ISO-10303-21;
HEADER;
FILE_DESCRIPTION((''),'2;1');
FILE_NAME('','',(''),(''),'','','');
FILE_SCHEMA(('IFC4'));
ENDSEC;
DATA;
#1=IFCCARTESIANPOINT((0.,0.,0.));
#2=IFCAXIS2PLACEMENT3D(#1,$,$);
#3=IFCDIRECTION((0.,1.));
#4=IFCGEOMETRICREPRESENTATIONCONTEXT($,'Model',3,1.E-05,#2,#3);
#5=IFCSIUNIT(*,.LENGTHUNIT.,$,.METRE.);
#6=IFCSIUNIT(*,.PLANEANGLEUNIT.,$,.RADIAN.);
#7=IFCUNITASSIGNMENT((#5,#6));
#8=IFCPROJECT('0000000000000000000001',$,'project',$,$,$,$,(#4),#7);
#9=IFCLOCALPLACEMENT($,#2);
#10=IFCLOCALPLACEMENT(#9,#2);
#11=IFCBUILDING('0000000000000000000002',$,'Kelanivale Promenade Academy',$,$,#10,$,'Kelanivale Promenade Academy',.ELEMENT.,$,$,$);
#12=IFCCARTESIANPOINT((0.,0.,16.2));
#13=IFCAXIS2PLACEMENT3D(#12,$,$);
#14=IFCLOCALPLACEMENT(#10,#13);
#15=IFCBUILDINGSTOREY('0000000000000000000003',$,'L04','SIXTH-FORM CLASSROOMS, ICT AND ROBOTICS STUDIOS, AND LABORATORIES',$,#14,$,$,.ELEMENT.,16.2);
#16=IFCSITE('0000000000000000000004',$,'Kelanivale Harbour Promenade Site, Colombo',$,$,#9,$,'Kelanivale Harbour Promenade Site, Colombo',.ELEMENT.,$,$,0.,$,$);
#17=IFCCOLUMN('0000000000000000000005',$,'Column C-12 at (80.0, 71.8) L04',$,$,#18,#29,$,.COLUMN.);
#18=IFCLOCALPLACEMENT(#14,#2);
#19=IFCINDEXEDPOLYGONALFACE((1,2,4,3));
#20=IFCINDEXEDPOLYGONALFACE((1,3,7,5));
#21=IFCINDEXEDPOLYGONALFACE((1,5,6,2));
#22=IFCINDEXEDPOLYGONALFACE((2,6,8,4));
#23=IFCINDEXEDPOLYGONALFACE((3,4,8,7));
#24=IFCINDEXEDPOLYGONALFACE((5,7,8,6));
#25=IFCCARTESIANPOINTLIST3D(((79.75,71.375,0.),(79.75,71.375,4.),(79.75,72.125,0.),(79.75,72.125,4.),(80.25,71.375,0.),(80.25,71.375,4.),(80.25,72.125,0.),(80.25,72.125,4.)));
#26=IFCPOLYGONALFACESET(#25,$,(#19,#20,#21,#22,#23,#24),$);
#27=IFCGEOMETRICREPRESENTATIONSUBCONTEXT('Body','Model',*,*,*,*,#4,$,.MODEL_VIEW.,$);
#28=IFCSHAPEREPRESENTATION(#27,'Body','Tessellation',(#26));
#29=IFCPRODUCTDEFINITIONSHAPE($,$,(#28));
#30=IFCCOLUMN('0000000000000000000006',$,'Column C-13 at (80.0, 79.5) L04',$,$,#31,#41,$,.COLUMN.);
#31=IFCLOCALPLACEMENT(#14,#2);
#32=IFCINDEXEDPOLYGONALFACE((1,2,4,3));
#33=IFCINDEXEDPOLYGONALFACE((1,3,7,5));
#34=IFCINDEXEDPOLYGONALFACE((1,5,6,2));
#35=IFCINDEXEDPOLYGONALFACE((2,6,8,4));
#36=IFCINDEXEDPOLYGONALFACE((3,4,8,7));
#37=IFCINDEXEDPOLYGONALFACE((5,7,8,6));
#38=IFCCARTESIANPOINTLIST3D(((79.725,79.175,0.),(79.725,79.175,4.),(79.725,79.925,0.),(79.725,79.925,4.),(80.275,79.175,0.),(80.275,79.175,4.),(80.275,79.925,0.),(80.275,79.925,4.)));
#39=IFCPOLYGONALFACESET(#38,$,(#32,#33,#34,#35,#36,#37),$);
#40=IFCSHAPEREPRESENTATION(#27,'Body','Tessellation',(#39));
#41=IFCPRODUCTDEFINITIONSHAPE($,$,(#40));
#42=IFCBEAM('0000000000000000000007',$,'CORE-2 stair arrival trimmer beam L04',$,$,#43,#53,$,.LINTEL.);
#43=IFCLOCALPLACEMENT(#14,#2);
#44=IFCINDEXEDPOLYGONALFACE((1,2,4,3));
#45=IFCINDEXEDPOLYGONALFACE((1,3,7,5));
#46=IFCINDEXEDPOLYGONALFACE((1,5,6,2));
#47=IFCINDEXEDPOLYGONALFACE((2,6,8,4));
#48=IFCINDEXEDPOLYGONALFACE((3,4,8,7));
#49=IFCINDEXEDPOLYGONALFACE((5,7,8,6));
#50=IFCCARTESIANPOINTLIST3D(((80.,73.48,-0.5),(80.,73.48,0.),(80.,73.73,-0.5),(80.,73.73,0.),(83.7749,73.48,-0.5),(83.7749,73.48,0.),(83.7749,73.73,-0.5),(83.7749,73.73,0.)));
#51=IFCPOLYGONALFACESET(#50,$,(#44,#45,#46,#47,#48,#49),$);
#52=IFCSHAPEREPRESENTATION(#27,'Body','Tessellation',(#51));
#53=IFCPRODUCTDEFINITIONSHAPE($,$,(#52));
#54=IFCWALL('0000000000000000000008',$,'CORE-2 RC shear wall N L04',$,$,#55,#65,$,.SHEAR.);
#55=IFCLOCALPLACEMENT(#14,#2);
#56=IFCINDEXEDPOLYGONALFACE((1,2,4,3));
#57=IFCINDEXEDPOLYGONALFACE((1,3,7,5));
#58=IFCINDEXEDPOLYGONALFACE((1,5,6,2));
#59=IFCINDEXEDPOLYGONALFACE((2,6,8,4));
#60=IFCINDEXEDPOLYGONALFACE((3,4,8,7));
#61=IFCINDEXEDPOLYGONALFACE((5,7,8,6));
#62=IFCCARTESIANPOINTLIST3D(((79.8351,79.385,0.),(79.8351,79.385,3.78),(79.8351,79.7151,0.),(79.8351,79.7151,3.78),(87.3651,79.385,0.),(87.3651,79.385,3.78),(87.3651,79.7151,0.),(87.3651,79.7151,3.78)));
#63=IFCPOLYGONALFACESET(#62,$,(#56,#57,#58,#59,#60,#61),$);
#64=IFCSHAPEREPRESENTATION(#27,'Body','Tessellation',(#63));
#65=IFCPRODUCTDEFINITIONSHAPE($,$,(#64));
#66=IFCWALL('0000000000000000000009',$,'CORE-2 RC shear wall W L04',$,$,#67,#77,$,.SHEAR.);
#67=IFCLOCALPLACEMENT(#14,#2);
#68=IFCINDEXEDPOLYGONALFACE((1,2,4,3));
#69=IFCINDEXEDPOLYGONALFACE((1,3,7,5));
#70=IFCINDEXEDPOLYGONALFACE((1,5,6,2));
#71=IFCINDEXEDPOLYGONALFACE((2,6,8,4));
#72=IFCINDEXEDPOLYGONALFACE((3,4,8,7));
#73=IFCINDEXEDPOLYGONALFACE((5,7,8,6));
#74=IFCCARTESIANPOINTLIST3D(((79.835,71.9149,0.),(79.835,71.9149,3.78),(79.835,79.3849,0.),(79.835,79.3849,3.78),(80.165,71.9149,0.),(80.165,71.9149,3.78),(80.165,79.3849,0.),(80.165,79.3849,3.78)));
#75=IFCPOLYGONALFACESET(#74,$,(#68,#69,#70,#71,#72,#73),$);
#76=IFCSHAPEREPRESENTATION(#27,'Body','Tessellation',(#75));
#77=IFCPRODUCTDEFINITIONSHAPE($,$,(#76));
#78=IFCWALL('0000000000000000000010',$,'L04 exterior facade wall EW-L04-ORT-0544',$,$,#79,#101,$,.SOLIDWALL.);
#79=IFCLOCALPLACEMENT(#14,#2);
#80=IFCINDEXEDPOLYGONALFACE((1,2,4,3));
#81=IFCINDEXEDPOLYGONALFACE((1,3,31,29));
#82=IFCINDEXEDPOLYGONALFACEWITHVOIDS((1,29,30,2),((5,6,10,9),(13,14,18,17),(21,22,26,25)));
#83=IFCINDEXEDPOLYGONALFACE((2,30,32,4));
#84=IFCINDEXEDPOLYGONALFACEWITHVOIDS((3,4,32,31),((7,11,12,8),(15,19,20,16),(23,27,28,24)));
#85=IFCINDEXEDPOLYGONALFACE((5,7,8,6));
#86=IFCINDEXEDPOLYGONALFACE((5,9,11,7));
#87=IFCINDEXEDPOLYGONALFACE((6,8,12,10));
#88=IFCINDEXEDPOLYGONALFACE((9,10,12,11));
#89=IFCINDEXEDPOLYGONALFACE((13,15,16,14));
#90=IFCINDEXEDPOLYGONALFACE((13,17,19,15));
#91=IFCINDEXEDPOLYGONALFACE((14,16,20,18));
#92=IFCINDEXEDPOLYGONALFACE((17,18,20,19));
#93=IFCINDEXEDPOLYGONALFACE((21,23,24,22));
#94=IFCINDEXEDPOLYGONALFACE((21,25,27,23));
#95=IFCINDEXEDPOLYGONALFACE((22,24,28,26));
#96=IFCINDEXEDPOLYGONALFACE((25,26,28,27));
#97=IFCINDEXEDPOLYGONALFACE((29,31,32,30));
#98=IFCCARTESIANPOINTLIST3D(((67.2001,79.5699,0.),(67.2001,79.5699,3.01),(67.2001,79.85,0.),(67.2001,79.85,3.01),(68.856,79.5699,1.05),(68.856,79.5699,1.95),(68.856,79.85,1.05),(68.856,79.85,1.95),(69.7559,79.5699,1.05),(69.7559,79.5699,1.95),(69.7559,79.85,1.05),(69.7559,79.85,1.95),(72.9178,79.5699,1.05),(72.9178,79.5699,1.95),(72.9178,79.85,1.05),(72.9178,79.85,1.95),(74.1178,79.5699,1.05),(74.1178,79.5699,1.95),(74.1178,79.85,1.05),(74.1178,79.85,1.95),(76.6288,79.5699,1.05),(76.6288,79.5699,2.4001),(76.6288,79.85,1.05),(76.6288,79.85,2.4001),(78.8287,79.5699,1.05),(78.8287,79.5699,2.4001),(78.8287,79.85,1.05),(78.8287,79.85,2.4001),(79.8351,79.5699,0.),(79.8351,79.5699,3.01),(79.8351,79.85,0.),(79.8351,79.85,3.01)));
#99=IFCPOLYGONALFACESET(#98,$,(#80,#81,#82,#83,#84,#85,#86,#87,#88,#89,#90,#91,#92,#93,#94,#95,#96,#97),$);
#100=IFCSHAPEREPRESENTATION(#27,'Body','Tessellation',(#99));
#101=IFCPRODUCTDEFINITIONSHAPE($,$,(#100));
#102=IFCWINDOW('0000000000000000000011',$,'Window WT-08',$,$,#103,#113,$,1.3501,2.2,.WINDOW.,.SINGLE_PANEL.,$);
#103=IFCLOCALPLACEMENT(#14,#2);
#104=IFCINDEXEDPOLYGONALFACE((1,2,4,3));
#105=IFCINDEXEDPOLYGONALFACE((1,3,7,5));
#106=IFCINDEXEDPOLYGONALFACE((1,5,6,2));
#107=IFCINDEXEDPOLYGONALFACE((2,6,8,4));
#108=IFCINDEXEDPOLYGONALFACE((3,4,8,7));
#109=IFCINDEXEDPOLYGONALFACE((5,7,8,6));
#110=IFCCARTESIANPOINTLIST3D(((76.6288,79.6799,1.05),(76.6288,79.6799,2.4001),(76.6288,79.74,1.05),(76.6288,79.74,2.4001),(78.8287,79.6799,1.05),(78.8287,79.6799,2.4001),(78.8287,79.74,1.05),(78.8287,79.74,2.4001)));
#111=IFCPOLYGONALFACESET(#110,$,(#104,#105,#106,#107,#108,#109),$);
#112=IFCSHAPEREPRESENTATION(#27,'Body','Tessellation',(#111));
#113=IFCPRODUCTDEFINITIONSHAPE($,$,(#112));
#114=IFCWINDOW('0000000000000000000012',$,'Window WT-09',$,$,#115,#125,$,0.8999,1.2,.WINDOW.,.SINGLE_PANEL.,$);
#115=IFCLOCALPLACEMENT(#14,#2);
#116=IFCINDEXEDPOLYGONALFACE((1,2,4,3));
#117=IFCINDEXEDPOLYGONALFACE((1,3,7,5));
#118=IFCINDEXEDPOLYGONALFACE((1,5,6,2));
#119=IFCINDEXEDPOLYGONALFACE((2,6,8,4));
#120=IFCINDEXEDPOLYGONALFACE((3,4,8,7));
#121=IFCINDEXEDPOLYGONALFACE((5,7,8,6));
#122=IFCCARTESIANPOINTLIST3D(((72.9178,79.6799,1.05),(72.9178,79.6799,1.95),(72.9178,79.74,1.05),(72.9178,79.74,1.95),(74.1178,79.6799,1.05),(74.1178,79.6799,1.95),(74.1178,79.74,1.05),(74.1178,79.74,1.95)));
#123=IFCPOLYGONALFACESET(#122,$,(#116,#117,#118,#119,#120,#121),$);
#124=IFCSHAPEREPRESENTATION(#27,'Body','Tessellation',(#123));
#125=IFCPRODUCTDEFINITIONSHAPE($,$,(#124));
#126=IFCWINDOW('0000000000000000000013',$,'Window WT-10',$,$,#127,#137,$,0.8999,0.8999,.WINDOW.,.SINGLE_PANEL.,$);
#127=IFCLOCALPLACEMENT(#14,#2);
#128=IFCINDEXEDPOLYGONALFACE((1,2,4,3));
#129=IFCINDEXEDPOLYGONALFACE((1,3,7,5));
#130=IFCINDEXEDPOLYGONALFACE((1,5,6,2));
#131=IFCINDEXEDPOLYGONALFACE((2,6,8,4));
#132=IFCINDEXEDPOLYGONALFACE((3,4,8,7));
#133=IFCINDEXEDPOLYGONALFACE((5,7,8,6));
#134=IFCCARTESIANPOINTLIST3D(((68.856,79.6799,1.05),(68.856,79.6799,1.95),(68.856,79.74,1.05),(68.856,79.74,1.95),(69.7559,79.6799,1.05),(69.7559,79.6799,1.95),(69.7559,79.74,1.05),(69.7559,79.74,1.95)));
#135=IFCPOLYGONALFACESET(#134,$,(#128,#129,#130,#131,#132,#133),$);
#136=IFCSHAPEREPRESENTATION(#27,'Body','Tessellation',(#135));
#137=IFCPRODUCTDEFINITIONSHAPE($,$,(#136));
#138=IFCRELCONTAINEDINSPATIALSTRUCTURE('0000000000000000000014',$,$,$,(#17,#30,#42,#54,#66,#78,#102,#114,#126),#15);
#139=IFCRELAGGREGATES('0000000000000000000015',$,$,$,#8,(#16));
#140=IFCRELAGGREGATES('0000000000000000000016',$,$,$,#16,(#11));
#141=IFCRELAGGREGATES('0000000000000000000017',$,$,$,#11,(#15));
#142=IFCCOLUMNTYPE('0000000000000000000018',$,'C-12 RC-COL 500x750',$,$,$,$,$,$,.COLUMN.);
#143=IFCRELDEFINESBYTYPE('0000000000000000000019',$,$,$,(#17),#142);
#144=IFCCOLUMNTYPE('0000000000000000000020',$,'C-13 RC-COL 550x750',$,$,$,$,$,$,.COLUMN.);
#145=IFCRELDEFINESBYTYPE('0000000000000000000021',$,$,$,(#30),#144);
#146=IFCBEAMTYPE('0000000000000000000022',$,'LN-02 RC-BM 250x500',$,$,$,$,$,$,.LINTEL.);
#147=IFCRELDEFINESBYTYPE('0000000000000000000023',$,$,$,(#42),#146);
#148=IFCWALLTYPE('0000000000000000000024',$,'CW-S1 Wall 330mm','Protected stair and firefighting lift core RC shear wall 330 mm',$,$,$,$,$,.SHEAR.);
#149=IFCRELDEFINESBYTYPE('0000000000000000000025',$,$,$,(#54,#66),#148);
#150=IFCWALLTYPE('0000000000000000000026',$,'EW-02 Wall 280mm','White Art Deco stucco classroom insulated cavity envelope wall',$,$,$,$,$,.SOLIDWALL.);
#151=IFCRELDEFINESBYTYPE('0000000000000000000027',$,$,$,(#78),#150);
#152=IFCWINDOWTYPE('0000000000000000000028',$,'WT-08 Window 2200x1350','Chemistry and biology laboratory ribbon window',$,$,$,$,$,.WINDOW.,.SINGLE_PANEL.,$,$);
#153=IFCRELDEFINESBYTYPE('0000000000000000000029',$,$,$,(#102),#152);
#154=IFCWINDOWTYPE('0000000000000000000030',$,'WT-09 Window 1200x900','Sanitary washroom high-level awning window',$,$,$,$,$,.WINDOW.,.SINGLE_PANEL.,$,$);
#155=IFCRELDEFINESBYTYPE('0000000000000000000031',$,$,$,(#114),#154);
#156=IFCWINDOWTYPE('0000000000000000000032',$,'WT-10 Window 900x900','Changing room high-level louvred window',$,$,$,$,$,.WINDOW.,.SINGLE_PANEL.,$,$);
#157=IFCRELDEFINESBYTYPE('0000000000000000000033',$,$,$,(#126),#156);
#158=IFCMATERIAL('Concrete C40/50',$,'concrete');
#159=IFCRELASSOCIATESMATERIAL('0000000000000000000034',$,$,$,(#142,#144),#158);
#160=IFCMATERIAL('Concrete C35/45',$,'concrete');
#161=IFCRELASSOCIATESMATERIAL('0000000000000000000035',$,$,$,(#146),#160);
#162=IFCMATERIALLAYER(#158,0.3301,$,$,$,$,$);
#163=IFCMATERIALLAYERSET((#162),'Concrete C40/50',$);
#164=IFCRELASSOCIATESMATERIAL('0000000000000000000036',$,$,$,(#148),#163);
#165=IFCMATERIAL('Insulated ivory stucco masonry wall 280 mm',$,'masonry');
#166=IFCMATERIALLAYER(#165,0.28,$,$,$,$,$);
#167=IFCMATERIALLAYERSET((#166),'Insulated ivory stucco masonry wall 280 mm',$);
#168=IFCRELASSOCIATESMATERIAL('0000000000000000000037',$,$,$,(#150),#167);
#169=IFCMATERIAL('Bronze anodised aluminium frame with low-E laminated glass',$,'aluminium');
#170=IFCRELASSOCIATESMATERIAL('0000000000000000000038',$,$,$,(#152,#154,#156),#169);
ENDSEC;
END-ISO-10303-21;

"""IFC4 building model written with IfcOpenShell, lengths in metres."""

from ifc_helpers import new_model, si_unit, direction, frame, frame_2d, origin, origin_2d, place, context, subcontext, project, spatial, rectangle, extrude, material, layer, layer_set, material_profile, profile_set, type_object, element, fill, save


model = new_model("IFC4")

# Units and contexts
model_context = context("Model", 3, precision=1e-05, world=origin(), true_north=direction((0.0, 1.0)))
body_context = subcontext(model_context, "Body", "Model", "MODEL_VIEW")
ifc_project = project(units=[si_unit("LENGTHUNIT", "METRE"), si_unit("PLANEANGLEUNIT", "RADIAN")], contexts=[model_context])

# Site, building, storey
site_placement = place(None, origin())
site = spatial("IfcSite", under=ifc_project, at=site_placement, Name="Kelanivale Harbour Promenade Site, Colombo", LongName="Kelanivale Harbour Promenade Site, Colombo", CompositionType="ELEMENT", RefElevation=0.0)
building_placement = place(site_placement, origin())
building = spatial("IfcBuilding", under=site, at=building_placement, Name="Kelanivale Promenade Academy", LongName="Kelanivale Promenade Academy", CompositionType="ELEMENT")
storey_placement = place(building_placement, frame((0.0, 0.0, 16.2)))
storey = spatial("IfcBuildingStorey", under=building, at=storey_placement, Name="L04", Description="SIXTH-FORM CLASSROOMS, ICT AND ROBOTICS STUDIOS, AND LABORATORIES", CompositionType="ELEMENT", Elevation=16.2)

# Columns
ifc_material_1 = material(Name="Concrete C40/50", Category="concrete")
ifc_material_profile_1 = material_profile(ifc_material_1, rectangle(XDim=0.5, YDim=0.75, at=origin_2d()), Name="RC-COL 500x750")
ifc_profile_set_1 = profile_set([ifc_material_profile_1], Name="Concrete C40/50")
column_type_1 = type_object("IfcColumnType", Name="C-12 RC-COL 500x750", PredefinedType="COLUMN", material=ifc_profile_set_1)
column_1_placement = place(storey_placement, frame((80.0, 71.75, 0.0), z_axis=(0.0, 0.0, 1.0), x_axis=(1.0, 0.0, 0.0)))
element("IfcColumn", 1, at=column_1_placement, inside=storey, type_object=column_type_1, Name="Column C-12 at (80.0, 71.8) L04", PredefinedType="COLUMN", context=body_context, shape_type="SweptSolid", body=[
    extrude(rectangle(XDim=0.5, YDim=0.75, at=origin_2d()), origin(), (0.0, 0.0, 1.0), 4.0),
])
ifc_material_profile_2 = material_profile(ifc_material_1, rectangle(XDim=0.55, YDim=0.75, at=origin_2d()), Name="RC-COL 550x750")
ifc_profile_set_2 = profile_set([ifc_material_profile_2], Name="Concrete C40/50")
column_type_2 = type_object("IfcColumnType", Name="C-13 RC-COL 550x750", PredefinedType="COLUMN", material=ifc_profile_set_2)
column_2_placement = place(storey_placement, frame((80.0, 79.55, 0.0), z_axis=(0.0, 0.0, 1.0), x_axis=(1.0, 0.0, 0.0)))
element("IfcColumn", 2, at=column_2_placement, inside=storey, type_object=column_type_2, Name="Column C-13 at (80.0, 79.5) L04", PredefinedType="COLUMN", context=body_context, shape_type="SweptSolid", body=[
    extrude(rectangle(XDim=0.55, YDim=0.75, at=origin_2d()), origin(), (0.0, 0.0, 1.0), 4.0),
])

# Beam
ifc_material_2 = material(Name="Concrete C35/45", Category="concrete")
ifc_material_profile_3 = material_profile(ifc_material_2, rectangle(XDim=0.25, YDim=0.5, at=origin_2d()), Name="RC-BM 250x500")
ifc_profile_set_3 = profile_set([ifc_material_profile_3], Name="Concrete C35/45")
beam_type = type_object("IfcBeamType", Name="LN-02 RC-BM 250x500", PredefinedType="LINTEL", material=ifc_profile_set_3)
beam_placement = place(storey_placement, frame((80.0, 73.605, -0.25), z_axis=(1.0, 0.0, 0.0), x_axis=(0.0, 1.0, 0.0)))
element("IfcBeam", 3, at=beam_placement, inside=storey, type_object=beam_type, Name="CORE-2 stair arrival trimmer beam L04", PredefinedType="LINTEL", context=body_context, shape_type="SweptSolid", body=[
    extrude(rectangle(XDim=0.25, YDim=0.5, at=origin_2d()), origin(), (0.0, 0.0, 1.0), 3.7749),
])

# Shared definitions
ifc_layer_1 = layer(ifc_material_1, 0.3301)
ifc_layer_set_1 = layer_set([ifc_layer_1], Name="Concrete C40/50")
wall_type_1 = type_object("IfcWallType", Name="CW-S1 Wall 330mm", Description="Protected stair and firefighting lift core RC shear wall 330 mm", PredefinedType="SHEAR", material=ifc_layer_set_1)

# Walls
wall_1_placement = place(storey_placement, frame((79.835, 79.55, 0.0), z_axis=(0.0, 0.0, 1.0), x_axis=(1.0, 0.0, 0.0)))
element("IfcWall", 4, at=wall_1_placement, inside=storey, type_object=wall_type_1, Name="CORE-2 RC shear wall N L04", PredefinedType="SHEAR", context=body_context, shape_type="SweptSolid", body=[
    extrude(rectangle(XDim=7.53, YDim=0.3301, at=frame_2d((3.7651, 0.0))), origin(), (0.0, 0.0, 1.0), 3.78),
])
wall_2_placement = place(storey_placement, frame((80.0, 71.915, 0.0), z_axis=(0.0, 0.0, 1.0), x_axis=(0.0, 1.0, 0.0)))
element("IfcWall", 5, at=wall_2_placement, inside=storey, type_object=wall_type_1, Name="CORE-2 RC shear wall W L04", PredefinedType="SHEAR", context=body_context, shape_type="SweptSolid", body=[
    extrude(rectangle(XDim=7.47, YDim=0.3301, at=frame_2d((3.7349, 0.0))), origin(), (0.0, 0.0, 1.0), 3.78),
])

# Wall, openings, windows
ifc_material_3 = material(Name="Insulated ivory stucco masonry wall 280 mm", Category="masonry")
ifc_layer_2 = layer(ifc_material_3, 0.28)
ifc_layer_set_2 = layer_set([ifc_layer_2], Name="Insulated ivory stucco masonry wall 280 mm")
wall_type_2 = type_object("IfcWallType", Name="EW-02 Wall 280mm", Description="White Art Deco stucco classroom insulated cavity envelope wall", PredefinedType="SOLIDWALL", material=ifc_layer_set_2)
wall_3_placement = place(storey_placement, frame((79.835, 79.71, 0.0), z_axis=(0.0, 0.0, 1.0), x_axis=(-1.0, 0.0, 0.0)))
wall_3 = element("IfcWall", 6, at=wall_3_placement, inside=storey, type_object=wall_type_2, Name="L04 exterior facade wall EW-L04-ORT-0544", PredefinedType="SOLIDWALL", context=body_context, shape_type="SweptSolid", body=[
    extrude(rectangle(XDim=12.635, YDim=0.28, at=frame_2d((6.3174, 0.0))), origin(), (0.0, 0.0, 1.0), 3.01),
])
opening_1_placement = place(wall_3_placement, frame((1.0061, 0.0, 1.05)))
opening_1 = element("IfcOpeningElement", 7, at=opening_1_placement, cuts=wall_3, PredefinedType="OPENING", context=body_context, shape_type="SweptSolid", body=[
    extrude(rectangle(XDim=2.2, YDim=1.3501, at=frame_2d((1.1001, 0.675))), frame((0.0, 0.1499, 0.0), z_axis=(0.0, -1.0, 0.0), x_axis=(1.0, 0.0, 0.0)), (0.0, 0.0, 1.0), 0.3),
])
opening_2_placement = place(wall_3_placement, frame((5.717, 0.0, 1.05)))
opening_2 = element("IfcOpeningElement", 8, at=opening_2_placement, cuts=wall_3, PredefinedType="OPENING", context=body_context, shape_type="SweptSolid", body=[
    extrude(rectangle(XDim=1.2, YDim=0.8999, at=frame_2d((0.6001, 0.45))), frame((0.0, 0.1499, 0.0), z_axis=(0.0, -1.0, 0.0), x_axis=(1.0, 0.0, 0.0)), (0.0, 0.0, 1.0), 0.3),
])
opening_3_placement = place(wall_3_placement, frame((10.0791, 0.0, 1.05)))
opening_3 = element("IfcOpeningElement", 9, at=opening_3_placement, cuts=wall_3, PredefinedType="OPENING", context=body_context, shape_type="SweptSolid", body=[
    extrude(rectangle(XDim=0.8999, YDim=0.8999, at=frame_2d((0.45, 0.45))), frame((0.0, 0.1499, 0.0), z_axis=(0.0, -1.0, 0.0), x_axis=(1.0, 0.0, 0.0)), (0.0, 0.0, 1.0), 0.3),
])
ifc_material_4 = material(Name="Bronze anodised aluminium frame with low-E laminated glass", Category="aluminium")
window_type_1 = type_object("IfcWindowType", Name="WT-08 Window 2200x1350", Description="Chemistry and biology laboratory ribbon window", PartitioningType="SINGLE_PANEL", PredefinedType="WINDOW", material=ifc_material_4)
window_1_placement = place(opening_1_placement, origin())
window_1 = element("IfcWindow", 10, at=window_1_placement, inside=storey, type_object=window_type_1, Name="Window WT-08", OverallHeight=1.3501, OverallWidth=2.2, PartitioningType="SINGLE_PANEL", PredefinedType="WINDOW", context=body_context, shape_type="SweptSolid", body=[
    extrude(rectangle(XDim=2.2, YDim=1.3501, at=frame_2d((1.1001, 0.675))), frame((0.0, 0.03, 0.0), z_axis=(0.0, -1.0, 0.0), x_axis=(1.0, 0.0, 0.0)), (0.0, 0.0, 1.0), 0.0601),
])
fill(opening_1, window_1)
window_type_2 = type_object("IfcWindowType", Name="WT-09 Window 1200x900", Description="Sanitary washroom high-level awning window", PartitioningType="SINGLE_PANEL", PredefinedType="WINDOW", material=ifc_material_4)
window_2_placement = place(opening_2_placement, origin())
window_2 = element("IfcWindow", 11, at=window_2_placement, inside=storey, type_object=window_type_2, Name="Window WT-09", OverallHeight=0.8999, OverallWidth=1.2, PartitioningType="SINGLE_PANEL", PredefinedType="WINDOW", context=body_context, shape_type="SweptSolid", body=[
    extrude(rectangle(XDim=1.2, YDim=0.8999, at=frame_2d((0.6001, 0.45))), frame((0.0, 0.03, 0.0), z_axis=(0.0, -1.0, 0.0), x_axis=(1.0, 0.0, 0.0)), (0.0, 0.0, 1.0), 0.0601),
])
fill(opening_2, window_2)
window_type_3 = type_object("IfcWindowType", Name="WT-10 Window 900x900", Description="Changing room high-level louvred window", PartitioningType="SINGLE_PANEL", PredefinedType="WINDOW", material=ifc_material_4)
window_3_placement = place(opening_3_placement, origin())
window_3 = element("IfcWindow", 12, at=window_3_placement, inside=storey, type_object=window_type_3, Name="Window WT-10", OverallHeight=0.8999, OverallWidth=0.8999, PartitioningType="SINGLE_PANEL", PredefinedType="WINDOW", context=body_context, shape_type="SweptSolid", body=[
    extrude(rectangle(XDim=0.8999, YDim=0.8999, at=frame_2d((0.45, 0.45))), frame((0.0, 0.03, 0.0), z_axis=(0.0, -1.0, 0.0), x_axis=(1.0, 0.0, 0.0)), (0.0, 0.0, 1.0), 0.0601),
])
fill(opening_3, window_3)

save(model, "model.ifc")
